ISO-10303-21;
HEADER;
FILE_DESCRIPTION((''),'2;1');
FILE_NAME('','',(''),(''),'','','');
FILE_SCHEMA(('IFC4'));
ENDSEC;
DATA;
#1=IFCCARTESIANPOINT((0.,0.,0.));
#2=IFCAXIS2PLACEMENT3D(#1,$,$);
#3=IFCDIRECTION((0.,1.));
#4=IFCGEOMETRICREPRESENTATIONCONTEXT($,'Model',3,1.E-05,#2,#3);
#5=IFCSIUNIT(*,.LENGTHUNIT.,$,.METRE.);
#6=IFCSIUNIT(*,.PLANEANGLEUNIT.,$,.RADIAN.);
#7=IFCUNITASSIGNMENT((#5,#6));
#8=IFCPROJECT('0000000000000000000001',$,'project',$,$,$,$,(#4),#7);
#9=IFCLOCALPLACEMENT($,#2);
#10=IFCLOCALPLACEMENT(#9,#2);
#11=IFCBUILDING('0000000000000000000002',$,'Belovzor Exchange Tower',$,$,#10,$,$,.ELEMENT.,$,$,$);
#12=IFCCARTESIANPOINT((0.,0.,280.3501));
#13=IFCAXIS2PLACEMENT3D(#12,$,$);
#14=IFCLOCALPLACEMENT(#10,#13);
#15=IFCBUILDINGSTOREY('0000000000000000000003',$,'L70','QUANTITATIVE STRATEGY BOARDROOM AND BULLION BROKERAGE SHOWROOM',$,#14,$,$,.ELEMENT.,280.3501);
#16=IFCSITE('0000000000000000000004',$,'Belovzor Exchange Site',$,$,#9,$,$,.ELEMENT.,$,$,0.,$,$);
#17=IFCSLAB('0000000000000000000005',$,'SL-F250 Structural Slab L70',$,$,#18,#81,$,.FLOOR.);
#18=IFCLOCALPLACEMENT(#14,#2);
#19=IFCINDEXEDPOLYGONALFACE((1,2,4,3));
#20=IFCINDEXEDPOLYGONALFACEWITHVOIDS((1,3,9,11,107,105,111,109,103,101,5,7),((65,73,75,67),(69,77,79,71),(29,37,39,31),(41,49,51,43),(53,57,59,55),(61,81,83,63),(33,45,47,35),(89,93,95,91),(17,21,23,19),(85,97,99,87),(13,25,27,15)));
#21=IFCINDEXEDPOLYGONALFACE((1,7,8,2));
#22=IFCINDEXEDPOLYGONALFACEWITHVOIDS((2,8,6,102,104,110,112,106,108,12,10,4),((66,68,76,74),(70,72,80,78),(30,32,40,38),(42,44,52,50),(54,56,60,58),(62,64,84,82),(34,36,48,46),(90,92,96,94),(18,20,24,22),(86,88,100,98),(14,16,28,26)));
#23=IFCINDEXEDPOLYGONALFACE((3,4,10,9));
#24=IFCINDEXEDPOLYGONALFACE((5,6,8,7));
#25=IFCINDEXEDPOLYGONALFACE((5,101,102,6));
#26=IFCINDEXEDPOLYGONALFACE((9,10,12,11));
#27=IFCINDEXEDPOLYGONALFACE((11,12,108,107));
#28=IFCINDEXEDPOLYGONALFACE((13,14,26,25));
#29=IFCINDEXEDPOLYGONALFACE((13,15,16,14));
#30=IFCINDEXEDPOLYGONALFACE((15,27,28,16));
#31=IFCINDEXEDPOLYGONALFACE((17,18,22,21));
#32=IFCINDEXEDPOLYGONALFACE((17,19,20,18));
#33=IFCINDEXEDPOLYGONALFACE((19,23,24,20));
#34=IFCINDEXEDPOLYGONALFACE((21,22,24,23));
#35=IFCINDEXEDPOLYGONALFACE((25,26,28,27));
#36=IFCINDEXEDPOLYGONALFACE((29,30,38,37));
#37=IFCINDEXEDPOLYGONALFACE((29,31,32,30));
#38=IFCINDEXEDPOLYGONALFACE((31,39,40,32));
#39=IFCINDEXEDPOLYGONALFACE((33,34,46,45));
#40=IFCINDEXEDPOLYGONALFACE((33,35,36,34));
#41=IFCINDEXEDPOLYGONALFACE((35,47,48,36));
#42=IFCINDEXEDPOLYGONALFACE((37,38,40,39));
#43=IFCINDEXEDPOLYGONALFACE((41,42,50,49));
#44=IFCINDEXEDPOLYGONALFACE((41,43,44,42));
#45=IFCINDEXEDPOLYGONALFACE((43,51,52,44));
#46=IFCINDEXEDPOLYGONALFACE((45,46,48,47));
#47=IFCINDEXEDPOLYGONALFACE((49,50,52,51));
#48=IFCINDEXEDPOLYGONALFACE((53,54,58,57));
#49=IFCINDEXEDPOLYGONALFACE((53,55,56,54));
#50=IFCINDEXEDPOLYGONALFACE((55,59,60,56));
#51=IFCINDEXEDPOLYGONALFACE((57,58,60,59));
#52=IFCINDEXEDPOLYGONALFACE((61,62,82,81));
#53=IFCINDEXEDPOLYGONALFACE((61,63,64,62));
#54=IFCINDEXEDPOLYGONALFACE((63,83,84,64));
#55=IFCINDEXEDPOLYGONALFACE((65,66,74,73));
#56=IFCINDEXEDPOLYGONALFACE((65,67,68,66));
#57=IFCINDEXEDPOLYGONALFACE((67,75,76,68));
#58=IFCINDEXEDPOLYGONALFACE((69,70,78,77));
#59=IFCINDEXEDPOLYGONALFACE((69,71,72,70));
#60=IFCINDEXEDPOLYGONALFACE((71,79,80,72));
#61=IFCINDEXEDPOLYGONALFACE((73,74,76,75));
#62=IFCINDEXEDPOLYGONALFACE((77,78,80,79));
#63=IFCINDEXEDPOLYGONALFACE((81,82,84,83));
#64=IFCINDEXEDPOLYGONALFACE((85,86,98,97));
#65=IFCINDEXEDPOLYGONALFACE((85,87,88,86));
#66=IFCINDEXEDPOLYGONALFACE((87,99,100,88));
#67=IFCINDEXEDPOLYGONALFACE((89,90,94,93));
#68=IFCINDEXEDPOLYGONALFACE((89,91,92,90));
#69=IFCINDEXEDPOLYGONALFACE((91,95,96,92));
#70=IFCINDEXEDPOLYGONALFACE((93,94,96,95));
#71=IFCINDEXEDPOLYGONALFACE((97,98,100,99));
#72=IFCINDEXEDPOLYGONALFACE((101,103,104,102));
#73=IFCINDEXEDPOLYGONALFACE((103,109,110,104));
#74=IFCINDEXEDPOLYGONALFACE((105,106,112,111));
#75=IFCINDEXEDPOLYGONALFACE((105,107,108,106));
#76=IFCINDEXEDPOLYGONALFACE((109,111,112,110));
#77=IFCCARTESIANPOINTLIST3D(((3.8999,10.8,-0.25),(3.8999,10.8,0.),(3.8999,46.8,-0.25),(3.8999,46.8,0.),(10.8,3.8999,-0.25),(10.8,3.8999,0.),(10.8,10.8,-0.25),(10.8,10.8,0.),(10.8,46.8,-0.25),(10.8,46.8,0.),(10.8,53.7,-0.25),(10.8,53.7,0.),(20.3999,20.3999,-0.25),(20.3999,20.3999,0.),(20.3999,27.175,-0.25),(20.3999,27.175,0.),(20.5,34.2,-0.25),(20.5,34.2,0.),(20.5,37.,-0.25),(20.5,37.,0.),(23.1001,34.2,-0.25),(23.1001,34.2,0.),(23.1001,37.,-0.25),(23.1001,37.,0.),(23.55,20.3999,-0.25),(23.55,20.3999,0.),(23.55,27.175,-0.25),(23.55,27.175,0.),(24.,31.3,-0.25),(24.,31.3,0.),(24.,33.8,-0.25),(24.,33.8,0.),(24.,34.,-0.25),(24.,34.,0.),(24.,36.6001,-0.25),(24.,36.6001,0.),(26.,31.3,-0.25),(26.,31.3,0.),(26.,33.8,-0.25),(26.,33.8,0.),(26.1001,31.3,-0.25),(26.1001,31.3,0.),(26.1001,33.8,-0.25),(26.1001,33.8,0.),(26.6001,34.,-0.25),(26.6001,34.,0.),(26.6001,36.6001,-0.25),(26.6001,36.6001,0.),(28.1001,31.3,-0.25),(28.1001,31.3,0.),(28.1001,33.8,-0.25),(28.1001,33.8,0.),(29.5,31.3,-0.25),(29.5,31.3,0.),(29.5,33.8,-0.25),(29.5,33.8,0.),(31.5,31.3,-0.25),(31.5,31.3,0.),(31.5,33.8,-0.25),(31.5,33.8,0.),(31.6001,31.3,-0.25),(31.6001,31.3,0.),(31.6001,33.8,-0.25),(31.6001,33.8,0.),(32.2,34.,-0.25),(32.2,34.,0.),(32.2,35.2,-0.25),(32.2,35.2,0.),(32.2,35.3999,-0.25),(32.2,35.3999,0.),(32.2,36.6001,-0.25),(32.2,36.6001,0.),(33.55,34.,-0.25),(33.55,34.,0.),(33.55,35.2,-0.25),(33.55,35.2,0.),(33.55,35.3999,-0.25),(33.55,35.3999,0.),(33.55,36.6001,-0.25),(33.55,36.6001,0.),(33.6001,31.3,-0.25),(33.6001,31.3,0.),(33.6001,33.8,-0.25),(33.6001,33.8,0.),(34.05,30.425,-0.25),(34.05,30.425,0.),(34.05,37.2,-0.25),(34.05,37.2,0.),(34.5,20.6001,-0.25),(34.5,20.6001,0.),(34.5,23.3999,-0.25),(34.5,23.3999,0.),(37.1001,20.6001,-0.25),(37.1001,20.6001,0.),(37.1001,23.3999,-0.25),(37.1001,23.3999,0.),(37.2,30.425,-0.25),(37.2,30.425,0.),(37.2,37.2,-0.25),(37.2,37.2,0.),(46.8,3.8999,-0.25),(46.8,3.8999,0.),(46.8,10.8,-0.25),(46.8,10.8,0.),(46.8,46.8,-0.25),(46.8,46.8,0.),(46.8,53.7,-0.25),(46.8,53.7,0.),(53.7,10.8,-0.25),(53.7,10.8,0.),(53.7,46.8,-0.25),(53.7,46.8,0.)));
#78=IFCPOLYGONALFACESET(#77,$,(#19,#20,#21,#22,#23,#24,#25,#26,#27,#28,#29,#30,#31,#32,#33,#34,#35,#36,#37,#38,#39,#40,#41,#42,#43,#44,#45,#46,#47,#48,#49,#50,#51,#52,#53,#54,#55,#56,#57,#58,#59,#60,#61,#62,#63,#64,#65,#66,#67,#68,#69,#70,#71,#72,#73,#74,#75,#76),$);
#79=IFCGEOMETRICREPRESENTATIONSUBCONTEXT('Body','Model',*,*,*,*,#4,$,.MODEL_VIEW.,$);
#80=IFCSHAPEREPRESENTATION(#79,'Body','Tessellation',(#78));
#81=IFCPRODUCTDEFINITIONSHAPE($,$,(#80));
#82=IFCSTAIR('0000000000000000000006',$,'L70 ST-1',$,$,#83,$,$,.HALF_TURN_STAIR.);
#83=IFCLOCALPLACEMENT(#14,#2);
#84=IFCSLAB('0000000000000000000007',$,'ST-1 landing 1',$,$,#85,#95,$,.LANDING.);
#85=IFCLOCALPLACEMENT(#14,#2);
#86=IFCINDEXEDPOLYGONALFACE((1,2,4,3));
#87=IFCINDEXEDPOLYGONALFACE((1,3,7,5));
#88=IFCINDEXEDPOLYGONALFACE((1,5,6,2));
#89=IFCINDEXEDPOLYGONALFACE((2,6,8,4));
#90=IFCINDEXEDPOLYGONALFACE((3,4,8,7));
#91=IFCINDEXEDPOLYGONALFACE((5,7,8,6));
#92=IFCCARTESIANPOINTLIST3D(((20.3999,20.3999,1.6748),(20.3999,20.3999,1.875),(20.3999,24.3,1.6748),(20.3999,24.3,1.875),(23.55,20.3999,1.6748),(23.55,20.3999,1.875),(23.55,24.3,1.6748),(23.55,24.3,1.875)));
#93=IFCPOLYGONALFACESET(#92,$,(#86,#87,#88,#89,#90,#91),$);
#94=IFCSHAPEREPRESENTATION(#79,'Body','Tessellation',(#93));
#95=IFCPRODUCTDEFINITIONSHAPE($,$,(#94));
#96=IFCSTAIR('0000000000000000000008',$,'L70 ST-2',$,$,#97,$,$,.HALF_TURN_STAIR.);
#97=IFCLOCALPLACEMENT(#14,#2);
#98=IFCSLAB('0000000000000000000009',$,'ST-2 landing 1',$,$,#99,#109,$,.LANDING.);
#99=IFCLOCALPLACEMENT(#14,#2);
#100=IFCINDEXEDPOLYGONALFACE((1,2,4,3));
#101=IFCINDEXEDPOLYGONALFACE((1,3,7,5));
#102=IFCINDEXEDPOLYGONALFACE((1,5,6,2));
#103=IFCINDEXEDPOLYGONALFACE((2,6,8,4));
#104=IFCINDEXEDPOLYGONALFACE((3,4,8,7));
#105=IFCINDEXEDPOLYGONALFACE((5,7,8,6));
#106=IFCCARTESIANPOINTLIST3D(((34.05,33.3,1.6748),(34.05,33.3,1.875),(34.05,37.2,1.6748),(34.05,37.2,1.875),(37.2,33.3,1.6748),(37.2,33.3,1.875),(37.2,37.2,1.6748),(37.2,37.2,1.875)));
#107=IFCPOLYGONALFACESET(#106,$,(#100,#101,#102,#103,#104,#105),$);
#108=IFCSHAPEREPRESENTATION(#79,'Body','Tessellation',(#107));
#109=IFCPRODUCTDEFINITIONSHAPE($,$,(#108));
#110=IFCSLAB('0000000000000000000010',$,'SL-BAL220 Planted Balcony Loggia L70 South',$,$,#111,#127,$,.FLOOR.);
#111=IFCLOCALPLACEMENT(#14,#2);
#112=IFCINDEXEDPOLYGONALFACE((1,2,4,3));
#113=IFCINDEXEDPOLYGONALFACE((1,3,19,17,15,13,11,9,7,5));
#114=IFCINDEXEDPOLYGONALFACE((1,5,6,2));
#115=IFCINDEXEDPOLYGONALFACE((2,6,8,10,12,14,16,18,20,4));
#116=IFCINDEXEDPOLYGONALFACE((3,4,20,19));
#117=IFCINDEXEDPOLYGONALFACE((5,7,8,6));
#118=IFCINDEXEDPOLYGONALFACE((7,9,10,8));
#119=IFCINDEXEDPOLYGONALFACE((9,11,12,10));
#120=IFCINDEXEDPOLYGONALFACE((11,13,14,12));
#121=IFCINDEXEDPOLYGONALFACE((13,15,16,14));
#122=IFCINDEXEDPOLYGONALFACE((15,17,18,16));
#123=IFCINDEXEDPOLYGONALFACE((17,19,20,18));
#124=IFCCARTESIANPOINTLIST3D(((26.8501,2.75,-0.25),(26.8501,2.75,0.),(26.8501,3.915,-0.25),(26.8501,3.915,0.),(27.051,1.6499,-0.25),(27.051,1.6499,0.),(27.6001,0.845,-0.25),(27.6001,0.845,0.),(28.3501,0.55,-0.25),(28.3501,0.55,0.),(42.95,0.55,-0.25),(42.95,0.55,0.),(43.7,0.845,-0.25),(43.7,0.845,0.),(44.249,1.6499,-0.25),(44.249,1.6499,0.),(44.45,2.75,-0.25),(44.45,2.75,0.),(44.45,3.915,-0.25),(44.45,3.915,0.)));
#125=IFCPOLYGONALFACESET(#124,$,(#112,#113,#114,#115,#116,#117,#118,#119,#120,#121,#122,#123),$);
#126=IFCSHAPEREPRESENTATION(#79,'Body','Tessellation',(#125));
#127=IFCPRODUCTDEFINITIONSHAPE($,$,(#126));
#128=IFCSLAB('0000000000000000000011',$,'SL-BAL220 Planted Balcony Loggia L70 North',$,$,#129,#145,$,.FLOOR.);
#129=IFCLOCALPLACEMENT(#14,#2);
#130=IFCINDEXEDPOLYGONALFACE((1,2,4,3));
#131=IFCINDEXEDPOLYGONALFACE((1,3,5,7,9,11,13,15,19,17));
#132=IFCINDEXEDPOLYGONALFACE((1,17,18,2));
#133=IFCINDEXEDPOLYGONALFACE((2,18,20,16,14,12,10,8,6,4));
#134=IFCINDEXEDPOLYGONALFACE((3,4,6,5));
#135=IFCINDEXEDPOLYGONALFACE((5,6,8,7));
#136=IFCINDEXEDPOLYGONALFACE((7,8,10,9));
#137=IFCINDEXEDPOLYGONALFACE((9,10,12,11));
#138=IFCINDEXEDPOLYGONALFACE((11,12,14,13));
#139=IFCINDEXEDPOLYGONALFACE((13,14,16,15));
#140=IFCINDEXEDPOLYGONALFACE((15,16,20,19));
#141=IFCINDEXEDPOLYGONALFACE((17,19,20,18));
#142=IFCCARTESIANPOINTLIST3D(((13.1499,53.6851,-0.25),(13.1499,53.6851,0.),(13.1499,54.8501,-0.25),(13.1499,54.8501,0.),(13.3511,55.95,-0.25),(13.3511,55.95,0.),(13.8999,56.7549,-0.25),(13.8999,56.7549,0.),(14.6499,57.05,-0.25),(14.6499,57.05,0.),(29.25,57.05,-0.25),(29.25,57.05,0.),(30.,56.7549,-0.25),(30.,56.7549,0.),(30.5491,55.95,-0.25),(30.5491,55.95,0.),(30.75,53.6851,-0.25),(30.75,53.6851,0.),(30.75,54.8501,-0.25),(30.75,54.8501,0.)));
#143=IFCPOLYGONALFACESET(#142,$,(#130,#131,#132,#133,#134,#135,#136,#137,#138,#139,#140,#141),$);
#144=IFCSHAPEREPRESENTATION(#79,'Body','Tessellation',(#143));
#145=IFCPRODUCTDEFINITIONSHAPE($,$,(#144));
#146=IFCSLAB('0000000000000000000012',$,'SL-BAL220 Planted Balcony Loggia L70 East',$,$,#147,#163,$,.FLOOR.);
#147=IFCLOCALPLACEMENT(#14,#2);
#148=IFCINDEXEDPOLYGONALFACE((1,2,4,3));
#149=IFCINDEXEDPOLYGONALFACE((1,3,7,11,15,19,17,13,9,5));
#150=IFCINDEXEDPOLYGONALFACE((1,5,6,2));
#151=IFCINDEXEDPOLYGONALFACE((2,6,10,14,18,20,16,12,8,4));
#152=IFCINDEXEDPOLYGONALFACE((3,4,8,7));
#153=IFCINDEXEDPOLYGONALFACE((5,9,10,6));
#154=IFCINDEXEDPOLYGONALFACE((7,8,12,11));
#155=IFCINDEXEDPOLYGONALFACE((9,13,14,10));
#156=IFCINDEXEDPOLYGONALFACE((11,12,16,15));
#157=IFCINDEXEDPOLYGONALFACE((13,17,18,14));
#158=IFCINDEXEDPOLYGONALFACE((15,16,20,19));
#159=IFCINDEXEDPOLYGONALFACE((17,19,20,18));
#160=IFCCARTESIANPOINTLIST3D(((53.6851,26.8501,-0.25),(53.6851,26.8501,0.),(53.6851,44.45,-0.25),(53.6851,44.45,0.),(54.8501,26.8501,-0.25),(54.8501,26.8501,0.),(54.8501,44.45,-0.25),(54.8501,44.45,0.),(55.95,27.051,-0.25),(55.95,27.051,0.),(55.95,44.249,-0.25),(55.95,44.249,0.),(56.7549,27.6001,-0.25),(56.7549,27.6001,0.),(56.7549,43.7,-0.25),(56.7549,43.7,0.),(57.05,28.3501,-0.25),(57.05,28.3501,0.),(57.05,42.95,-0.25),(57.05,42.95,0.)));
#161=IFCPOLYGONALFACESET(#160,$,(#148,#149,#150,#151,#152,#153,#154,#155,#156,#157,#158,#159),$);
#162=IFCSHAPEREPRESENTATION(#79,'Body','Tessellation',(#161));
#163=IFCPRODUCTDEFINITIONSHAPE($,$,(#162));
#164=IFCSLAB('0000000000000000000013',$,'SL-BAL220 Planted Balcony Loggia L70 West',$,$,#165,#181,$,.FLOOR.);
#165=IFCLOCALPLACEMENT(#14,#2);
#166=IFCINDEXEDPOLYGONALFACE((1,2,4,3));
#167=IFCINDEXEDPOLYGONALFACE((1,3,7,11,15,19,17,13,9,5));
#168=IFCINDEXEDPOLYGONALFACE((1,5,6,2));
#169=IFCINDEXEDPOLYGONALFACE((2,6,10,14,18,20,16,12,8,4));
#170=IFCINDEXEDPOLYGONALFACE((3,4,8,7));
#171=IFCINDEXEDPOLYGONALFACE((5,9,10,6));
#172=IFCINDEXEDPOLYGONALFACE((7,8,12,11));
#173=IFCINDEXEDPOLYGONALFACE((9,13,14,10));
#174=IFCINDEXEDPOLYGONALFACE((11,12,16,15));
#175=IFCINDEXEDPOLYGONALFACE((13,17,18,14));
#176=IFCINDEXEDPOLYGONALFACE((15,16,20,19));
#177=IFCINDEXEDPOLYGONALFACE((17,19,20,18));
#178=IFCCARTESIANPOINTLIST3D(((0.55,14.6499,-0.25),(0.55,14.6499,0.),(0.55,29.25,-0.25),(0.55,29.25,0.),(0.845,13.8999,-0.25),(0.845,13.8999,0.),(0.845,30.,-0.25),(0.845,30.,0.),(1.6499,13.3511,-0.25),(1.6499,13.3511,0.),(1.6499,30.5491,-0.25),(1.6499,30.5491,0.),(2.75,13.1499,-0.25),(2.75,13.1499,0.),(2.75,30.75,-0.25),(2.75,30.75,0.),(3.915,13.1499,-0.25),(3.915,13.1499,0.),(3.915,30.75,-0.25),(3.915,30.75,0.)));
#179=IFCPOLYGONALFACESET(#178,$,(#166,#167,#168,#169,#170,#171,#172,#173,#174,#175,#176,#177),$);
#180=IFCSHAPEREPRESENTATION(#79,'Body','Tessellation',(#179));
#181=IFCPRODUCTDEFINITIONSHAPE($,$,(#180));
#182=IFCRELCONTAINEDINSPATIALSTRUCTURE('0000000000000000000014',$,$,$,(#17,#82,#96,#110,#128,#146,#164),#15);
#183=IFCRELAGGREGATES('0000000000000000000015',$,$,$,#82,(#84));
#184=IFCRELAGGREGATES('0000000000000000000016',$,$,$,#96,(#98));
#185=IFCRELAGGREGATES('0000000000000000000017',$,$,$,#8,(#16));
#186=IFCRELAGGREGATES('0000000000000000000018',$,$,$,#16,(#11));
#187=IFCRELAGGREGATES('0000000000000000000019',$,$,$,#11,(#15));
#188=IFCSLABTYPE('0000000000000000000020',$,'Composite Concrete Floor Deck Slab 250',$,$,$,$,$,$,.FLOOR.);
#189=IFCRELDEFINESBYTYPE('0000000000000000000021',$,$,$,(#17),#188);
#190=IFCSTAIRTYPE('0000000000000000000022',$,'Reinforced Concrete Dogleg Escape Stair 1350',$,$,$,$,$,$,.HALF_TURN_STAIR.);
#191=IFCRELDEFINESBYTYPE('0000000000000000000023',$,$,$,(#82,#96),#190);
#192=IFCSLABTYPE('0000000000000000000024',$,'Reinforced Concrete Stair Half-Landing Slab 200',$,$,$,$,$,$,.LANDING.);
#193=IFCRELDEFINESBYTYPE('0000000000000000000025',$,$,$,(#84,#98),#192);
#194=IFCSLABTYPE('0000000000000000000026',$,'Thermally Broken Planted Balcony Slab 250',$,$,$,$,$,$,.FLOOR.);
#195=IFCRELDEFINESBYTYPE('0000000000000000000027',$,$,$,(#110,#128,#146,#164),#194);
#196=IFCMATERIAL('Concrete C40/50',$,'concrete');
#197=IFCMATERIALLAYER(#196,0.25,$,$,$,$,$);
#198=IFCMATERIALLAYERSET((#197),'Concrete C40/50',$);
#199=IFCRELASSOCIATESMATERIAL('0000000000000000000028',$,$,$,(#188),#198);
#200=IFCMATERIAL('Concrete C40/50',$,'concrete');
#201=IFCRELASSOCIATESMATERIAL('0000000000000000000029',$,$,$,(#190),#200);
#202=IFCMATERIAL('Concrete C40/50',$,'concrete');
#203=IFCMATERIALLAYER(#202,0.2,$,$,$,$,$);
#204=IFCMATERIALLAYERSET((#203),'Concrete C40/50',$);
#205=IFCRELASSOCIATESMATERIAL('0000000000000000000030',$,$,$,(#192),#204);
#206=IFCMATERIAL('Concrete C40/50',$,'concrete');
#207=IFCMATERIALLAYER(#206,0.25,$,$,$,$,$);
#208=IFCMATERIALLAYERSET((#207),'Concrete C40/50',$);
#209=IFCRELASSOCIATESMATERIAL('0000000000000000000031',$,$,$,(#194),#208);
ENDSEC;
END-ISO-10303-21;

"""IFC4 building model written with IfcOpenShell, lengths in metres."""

from ifc_helpers import new_model, si_unit, direction, frame, origin, place, context, subcontext, project, spatial, polyline, outline, extrude, material, layer, layer_set, type_object, element, aggregate, save


model = new_model("IFC4")

# Units and contexts
model_context = context("Model", 3, precision=1e-05, world=origin(), true_north=direction((0.0, 1.0)))
body_context = subcontext(model_context, "Body", "Model", "MODEL_VIEW")
ifc_project = project(units=[si_unit("LENGTHUNIT", "METRE"), si_unit("PLANEANGLEUNIT", "RADIAN")], contexts=[model_context])

# Site, building, storey
site_placement = place(None, origin())
site = spatial("IfcSite", under=ifc_project, at=site_placement, Name="Belovzor Exchange Site", CompositionType="ELEMENT", RefElevation=0.0)
building_placement = place(site_placement, origin())
building = spatial("IfcBuilding", under=site, at=building_placement, Name="Belovzor Exchange Tower", CompositionType="ELEMENT")
storey_placement = place(building_placement, frame((0.0, 0.0, 280.3501)))
storey = spatial("IfcBuildingStorey", under=building, at=storey_placement, Name="L70", Description="QUANTITATIVE STRATEGY BOARDROOM AND BULLION BROKERAGE SHOWROOM", CompositionType="ELEMENT", Elevation=280.3501)

# Slab
ifc_material_1 = material(Name="Concrete C40/50", Category="concrete")
ifc_layer_1 = layer(ifc_material_1, 0.25)
ifc_layer_set_1 = layer_set([ifc_layer_1], Name="Concrete C40/50")
slab_type_1 = type_object("IfcSlabType", Name="Composite Concrete Floor Deck Slab 250", PredefinedType="FLOOR", material=ifc_layer_set_1)
slab_1_placement = place(storey_placement, frame((0.0, 0.0, -0.25)))
element("IfcSlab", 1, at=slab_1_placement, inside=storey, type_object=slab_type_1, Name="SL-F250 Structural Slab L70", PredefinedType="FLOOR", context=body_context, shape_type="SweptSolid", body=[
    extrude(outline(polyline([(10.8, 3.8999), (46.8, 3.8999), (46.8, 10.8), (53.7, 10.8), (53.7, 46.8), (46.8, 46.8), (46.8, 53.7), (10.8, 53.7), (10.8, 46.8), (3.8999, 46.8), (3.8999, 10.8), (10.8, 10.8), (10.8, 3.8999)]), holes=[polyline([(20.3999, 27.175), (20.3999, 20.3999), (23.55, 20.3999), (23.55, 27.175), (20.3999, 27.175)]), polyline([(37.2, 30.425), (37.2, 37.2), (34.05, 37.2), (34.05, 30.425), (37.2, 30.425)]), polyline([(20.5, 34.2), (23.1001, 34.2), (23.1001, 37.0), (20.5, 37.0), (20.5, 34.2)]), polyline([(34.5, 20.6001), (37.1001, 20.6001), (37.1001, 23.3999), (34.5, 23.3999), (34.5, 20.6001)]), polyline([(24.0, 34.0), (26.6001, 34.0), (26.6001, 36.6001), (24.0, 36.6001), (24.0, 34.0)]), polyline([(24.0, 31.3), (26.0, 31.3), (26.0, 33.8), (24.0, 33.8), (24.0, 31.3)]), polyline([(26.1001, 31.3), (28.1001, 31.3), (28.1001, 33.8), (26.1001, 33.8), (26.1001, 31.3)]), polyline([(29.5, 31.3), (31.5, 31.3), (31.5, 33.8), (29.5, 33.8), (29.5, 31.3)]), polyline([(31.6001, 31.3), (33.6001, 31.3), (33.6001, 33.8), (31.6001, 33.8), (31.6001, 31.3)]), polyline([(32.2, 34.0), (33.55, 34.0), (33.55, 35.2), (32.2, 35.2), (32.2, 34.0)]), polyline([(32.2, 35.3999), (33.55, 35.3999), (33.55, 36.6001), (32.2, 36.6001), (32.2, 35.3999)])]), origin(), (0.0, 0.0, 1.0), 0.25),
])

# Stairs, slabs
ifc_material_2 = material(Name="Concrete C40/50", Category="concrete")
stair_type = type_object("IfcStairType", Name="Reinforced Concrete Dogleg Escape Stair 1350", PredefinedType="HALF_TURN_STAIR", material=ifc_material_2)
stair_1_placement = place(storey_placement, origin())
stair_1 = element("IfcStair", 2, at=stair_1_placement, inside=storey, type_object=stair_type, Name="L70 ST-1", PredefinedType="HALF_TURN_STAIR")
ifc_material_3 = material(Name="Concrete C40/50", Category="concrete")
ifc_layer_2 = layer(ifc_material_3, 0.2)
ifc_layer_set_2 = layer_set([ifc_layer_2], Name="Concrete C40/50")
slab_type_2 = type_object("IfcSlabType", Name="Reinforced Concrete Stair Half-Landing Slab 200", PredefinedType="LANDING", material=ifc_layer_set_2)
slab_2_placement = place(storey_placement, frame((0.0, 0.0, 1.6748)))
slab_2 = element("IfcSlab", 3, at=slab_2_placement, type_object=slab_type_2, Name="ST-1 landing 1", PredefinedType="LANDING", context=body_context, shape_type="SweptSolid", body=[
    extrude(outline(polyline([(20.3999, 24.3), (20.3999, 20.3999), (23.55, 20.3999), (23.55, 24.3), (20.3999, 24.3)])), origin(), (0.0, 0.0, 1.0), 0.2002),
])
aggregate(stair_1, [slab_2])
stair_2_placement = place(storey_placement, origin())
stair_2 = element("IfcStair", 4, at=stair_2_placement, inside=storey, type_object=stair_type, Name="L70 ST-2", PredefinedType="HALF_TURN_STAIR")
slab_3_placement = place(storey_placement, frame((0.0, 0.0, 1.6748)))
slab_3 = element("IfcSlab", 5, at=slab_3_placement, type_object=slab_type_2, Name="ST-2 landing 1", PredefinedType="LANDING", context=body_context, shape_type="SweptSolid", body=[
    extrude(outline(polyline([(37.2, 33.3), (37.2, 37.2), (34.05, 37.2), (34.05, 33.3), (37.2, 33.3)])), origin(), (0.0, 0.0, 1.0), 0.2002),
])
aggregate(stair_2, [slab_3])

# Slabs
ifc_material_4 = material(Name="Concrete C40/50", Category="concrete")
ifc_layer_3 = layer(ifc_material_4, 0.25)
ifc_layer_set_3 = layer_set([ifc_layer_3], Name="Concrete C40/50")
slab_type_3 = type_object("IfcSlabType", Name="Thermally Broken Planted Balcony Slab 250", PredefinedType="FLOOR", material=ifc_layer_set_3)
slab_4_placement = place(storey_placement, frame((0.0, 0.0, -0.25)))
element("IfcSlab", 6, at=slab_4_placement, inside=storey, type_object=slab_type_3, Name="SL-BAL220 Planted Balcony Loggia L70 South", PredefinedType="FLOOR", context=body_context, shape_type="SweptSolid", body=[
    extrude(outline(polyline([(26.8501, 3.915), (26.8501, 2.75), (27.051, 1.6499), (27.6001, 0.845), (28.3501, 0.55), (42.95, 0.55), (43.7, 0.845), (44.249, 1.6499), (44.45, 2.75), (44.45, 3.915), (26.8501, 3.915)])), origin(), (0.0, 0.0, 1.0), 0.25),
])
slab_5_placement = place(storey_placement, frame((0.0, 0.0, -0.25)))
element("IfcSlab", 7, at=slab_5_placement, inside=storey, type_object=slab_type_3, Name="SL-BAL220 Planted Balcony Loggia L70 North", PredefinedType="FLOOR", context=body_context, shape_type="SweptSolid", body=[
    extrude(outline(polyline([(30.75, 53.6851), (30.75, 54.8501), (30.5491, 55.95), (30.0, 56.7549), (29.25, 57.05), (14.6499, 57.05), (13.8999, 56.7549), (13.3511, 55.95), (13.1499, 54.8501), (13.1499, 53.6851), (30.75, 53.6851)])), origin(), (0.0, 0.0, 1.0), 0.25),
])
slab_6_placement = place(storey_placement, frame((0.0, 0.0, -0.25)))
element("IfcSlab", 8, at=slab_6_placement, inside=storey, type_object=slab_type_3, Name="SL-BAL220 Planted Balcony Loggia L70 East", PredefinedType="FLOOR", context=body_context, shape_type="SweptSolid", body=[
    extrude(outline(polyline([(53.6851, 26.8501), (54.8501, 26.8501), (55.95, 27.051), (56.7549, 27.6001), (57.05, 28.3501), (57.05, 42.95), (56.7549, 43.7), (55.95, 44.249), (54.8501, 44.45), (53.6851, 44.45), (53.6851, 26.8501)])), origin(), (0.0, 0.0, 1.0), 0.25),
])
slab_7_placement = place(storey_placement, frame((0.0, 0.0, -0.25)))
element("IfcSlab", 9, at=slab_7_placement, inside=storey, type_object=slab_type_3, Name="SL-BAL220 Planted Balcony Loggia L70 West", PredefinedType="FLOOR", context=body_context, shape_type="SweptSolid", body=[
    extrude(outline(polyline([(3.915, 30.75), (2.75, 30.75), (1.6499, 30.5491), (0.845, 30.0), (0.55, 29.25), (0.55, 14.6499), (0.845, 13.8999), (1.6499, 13.3511), (2.75, 13.1499), (3.915, 13.1499), (3.915, 30.75)])), origin(), (0.0, 0.0, 1.0), 0.25),
])

save(model, "model.ifc")
